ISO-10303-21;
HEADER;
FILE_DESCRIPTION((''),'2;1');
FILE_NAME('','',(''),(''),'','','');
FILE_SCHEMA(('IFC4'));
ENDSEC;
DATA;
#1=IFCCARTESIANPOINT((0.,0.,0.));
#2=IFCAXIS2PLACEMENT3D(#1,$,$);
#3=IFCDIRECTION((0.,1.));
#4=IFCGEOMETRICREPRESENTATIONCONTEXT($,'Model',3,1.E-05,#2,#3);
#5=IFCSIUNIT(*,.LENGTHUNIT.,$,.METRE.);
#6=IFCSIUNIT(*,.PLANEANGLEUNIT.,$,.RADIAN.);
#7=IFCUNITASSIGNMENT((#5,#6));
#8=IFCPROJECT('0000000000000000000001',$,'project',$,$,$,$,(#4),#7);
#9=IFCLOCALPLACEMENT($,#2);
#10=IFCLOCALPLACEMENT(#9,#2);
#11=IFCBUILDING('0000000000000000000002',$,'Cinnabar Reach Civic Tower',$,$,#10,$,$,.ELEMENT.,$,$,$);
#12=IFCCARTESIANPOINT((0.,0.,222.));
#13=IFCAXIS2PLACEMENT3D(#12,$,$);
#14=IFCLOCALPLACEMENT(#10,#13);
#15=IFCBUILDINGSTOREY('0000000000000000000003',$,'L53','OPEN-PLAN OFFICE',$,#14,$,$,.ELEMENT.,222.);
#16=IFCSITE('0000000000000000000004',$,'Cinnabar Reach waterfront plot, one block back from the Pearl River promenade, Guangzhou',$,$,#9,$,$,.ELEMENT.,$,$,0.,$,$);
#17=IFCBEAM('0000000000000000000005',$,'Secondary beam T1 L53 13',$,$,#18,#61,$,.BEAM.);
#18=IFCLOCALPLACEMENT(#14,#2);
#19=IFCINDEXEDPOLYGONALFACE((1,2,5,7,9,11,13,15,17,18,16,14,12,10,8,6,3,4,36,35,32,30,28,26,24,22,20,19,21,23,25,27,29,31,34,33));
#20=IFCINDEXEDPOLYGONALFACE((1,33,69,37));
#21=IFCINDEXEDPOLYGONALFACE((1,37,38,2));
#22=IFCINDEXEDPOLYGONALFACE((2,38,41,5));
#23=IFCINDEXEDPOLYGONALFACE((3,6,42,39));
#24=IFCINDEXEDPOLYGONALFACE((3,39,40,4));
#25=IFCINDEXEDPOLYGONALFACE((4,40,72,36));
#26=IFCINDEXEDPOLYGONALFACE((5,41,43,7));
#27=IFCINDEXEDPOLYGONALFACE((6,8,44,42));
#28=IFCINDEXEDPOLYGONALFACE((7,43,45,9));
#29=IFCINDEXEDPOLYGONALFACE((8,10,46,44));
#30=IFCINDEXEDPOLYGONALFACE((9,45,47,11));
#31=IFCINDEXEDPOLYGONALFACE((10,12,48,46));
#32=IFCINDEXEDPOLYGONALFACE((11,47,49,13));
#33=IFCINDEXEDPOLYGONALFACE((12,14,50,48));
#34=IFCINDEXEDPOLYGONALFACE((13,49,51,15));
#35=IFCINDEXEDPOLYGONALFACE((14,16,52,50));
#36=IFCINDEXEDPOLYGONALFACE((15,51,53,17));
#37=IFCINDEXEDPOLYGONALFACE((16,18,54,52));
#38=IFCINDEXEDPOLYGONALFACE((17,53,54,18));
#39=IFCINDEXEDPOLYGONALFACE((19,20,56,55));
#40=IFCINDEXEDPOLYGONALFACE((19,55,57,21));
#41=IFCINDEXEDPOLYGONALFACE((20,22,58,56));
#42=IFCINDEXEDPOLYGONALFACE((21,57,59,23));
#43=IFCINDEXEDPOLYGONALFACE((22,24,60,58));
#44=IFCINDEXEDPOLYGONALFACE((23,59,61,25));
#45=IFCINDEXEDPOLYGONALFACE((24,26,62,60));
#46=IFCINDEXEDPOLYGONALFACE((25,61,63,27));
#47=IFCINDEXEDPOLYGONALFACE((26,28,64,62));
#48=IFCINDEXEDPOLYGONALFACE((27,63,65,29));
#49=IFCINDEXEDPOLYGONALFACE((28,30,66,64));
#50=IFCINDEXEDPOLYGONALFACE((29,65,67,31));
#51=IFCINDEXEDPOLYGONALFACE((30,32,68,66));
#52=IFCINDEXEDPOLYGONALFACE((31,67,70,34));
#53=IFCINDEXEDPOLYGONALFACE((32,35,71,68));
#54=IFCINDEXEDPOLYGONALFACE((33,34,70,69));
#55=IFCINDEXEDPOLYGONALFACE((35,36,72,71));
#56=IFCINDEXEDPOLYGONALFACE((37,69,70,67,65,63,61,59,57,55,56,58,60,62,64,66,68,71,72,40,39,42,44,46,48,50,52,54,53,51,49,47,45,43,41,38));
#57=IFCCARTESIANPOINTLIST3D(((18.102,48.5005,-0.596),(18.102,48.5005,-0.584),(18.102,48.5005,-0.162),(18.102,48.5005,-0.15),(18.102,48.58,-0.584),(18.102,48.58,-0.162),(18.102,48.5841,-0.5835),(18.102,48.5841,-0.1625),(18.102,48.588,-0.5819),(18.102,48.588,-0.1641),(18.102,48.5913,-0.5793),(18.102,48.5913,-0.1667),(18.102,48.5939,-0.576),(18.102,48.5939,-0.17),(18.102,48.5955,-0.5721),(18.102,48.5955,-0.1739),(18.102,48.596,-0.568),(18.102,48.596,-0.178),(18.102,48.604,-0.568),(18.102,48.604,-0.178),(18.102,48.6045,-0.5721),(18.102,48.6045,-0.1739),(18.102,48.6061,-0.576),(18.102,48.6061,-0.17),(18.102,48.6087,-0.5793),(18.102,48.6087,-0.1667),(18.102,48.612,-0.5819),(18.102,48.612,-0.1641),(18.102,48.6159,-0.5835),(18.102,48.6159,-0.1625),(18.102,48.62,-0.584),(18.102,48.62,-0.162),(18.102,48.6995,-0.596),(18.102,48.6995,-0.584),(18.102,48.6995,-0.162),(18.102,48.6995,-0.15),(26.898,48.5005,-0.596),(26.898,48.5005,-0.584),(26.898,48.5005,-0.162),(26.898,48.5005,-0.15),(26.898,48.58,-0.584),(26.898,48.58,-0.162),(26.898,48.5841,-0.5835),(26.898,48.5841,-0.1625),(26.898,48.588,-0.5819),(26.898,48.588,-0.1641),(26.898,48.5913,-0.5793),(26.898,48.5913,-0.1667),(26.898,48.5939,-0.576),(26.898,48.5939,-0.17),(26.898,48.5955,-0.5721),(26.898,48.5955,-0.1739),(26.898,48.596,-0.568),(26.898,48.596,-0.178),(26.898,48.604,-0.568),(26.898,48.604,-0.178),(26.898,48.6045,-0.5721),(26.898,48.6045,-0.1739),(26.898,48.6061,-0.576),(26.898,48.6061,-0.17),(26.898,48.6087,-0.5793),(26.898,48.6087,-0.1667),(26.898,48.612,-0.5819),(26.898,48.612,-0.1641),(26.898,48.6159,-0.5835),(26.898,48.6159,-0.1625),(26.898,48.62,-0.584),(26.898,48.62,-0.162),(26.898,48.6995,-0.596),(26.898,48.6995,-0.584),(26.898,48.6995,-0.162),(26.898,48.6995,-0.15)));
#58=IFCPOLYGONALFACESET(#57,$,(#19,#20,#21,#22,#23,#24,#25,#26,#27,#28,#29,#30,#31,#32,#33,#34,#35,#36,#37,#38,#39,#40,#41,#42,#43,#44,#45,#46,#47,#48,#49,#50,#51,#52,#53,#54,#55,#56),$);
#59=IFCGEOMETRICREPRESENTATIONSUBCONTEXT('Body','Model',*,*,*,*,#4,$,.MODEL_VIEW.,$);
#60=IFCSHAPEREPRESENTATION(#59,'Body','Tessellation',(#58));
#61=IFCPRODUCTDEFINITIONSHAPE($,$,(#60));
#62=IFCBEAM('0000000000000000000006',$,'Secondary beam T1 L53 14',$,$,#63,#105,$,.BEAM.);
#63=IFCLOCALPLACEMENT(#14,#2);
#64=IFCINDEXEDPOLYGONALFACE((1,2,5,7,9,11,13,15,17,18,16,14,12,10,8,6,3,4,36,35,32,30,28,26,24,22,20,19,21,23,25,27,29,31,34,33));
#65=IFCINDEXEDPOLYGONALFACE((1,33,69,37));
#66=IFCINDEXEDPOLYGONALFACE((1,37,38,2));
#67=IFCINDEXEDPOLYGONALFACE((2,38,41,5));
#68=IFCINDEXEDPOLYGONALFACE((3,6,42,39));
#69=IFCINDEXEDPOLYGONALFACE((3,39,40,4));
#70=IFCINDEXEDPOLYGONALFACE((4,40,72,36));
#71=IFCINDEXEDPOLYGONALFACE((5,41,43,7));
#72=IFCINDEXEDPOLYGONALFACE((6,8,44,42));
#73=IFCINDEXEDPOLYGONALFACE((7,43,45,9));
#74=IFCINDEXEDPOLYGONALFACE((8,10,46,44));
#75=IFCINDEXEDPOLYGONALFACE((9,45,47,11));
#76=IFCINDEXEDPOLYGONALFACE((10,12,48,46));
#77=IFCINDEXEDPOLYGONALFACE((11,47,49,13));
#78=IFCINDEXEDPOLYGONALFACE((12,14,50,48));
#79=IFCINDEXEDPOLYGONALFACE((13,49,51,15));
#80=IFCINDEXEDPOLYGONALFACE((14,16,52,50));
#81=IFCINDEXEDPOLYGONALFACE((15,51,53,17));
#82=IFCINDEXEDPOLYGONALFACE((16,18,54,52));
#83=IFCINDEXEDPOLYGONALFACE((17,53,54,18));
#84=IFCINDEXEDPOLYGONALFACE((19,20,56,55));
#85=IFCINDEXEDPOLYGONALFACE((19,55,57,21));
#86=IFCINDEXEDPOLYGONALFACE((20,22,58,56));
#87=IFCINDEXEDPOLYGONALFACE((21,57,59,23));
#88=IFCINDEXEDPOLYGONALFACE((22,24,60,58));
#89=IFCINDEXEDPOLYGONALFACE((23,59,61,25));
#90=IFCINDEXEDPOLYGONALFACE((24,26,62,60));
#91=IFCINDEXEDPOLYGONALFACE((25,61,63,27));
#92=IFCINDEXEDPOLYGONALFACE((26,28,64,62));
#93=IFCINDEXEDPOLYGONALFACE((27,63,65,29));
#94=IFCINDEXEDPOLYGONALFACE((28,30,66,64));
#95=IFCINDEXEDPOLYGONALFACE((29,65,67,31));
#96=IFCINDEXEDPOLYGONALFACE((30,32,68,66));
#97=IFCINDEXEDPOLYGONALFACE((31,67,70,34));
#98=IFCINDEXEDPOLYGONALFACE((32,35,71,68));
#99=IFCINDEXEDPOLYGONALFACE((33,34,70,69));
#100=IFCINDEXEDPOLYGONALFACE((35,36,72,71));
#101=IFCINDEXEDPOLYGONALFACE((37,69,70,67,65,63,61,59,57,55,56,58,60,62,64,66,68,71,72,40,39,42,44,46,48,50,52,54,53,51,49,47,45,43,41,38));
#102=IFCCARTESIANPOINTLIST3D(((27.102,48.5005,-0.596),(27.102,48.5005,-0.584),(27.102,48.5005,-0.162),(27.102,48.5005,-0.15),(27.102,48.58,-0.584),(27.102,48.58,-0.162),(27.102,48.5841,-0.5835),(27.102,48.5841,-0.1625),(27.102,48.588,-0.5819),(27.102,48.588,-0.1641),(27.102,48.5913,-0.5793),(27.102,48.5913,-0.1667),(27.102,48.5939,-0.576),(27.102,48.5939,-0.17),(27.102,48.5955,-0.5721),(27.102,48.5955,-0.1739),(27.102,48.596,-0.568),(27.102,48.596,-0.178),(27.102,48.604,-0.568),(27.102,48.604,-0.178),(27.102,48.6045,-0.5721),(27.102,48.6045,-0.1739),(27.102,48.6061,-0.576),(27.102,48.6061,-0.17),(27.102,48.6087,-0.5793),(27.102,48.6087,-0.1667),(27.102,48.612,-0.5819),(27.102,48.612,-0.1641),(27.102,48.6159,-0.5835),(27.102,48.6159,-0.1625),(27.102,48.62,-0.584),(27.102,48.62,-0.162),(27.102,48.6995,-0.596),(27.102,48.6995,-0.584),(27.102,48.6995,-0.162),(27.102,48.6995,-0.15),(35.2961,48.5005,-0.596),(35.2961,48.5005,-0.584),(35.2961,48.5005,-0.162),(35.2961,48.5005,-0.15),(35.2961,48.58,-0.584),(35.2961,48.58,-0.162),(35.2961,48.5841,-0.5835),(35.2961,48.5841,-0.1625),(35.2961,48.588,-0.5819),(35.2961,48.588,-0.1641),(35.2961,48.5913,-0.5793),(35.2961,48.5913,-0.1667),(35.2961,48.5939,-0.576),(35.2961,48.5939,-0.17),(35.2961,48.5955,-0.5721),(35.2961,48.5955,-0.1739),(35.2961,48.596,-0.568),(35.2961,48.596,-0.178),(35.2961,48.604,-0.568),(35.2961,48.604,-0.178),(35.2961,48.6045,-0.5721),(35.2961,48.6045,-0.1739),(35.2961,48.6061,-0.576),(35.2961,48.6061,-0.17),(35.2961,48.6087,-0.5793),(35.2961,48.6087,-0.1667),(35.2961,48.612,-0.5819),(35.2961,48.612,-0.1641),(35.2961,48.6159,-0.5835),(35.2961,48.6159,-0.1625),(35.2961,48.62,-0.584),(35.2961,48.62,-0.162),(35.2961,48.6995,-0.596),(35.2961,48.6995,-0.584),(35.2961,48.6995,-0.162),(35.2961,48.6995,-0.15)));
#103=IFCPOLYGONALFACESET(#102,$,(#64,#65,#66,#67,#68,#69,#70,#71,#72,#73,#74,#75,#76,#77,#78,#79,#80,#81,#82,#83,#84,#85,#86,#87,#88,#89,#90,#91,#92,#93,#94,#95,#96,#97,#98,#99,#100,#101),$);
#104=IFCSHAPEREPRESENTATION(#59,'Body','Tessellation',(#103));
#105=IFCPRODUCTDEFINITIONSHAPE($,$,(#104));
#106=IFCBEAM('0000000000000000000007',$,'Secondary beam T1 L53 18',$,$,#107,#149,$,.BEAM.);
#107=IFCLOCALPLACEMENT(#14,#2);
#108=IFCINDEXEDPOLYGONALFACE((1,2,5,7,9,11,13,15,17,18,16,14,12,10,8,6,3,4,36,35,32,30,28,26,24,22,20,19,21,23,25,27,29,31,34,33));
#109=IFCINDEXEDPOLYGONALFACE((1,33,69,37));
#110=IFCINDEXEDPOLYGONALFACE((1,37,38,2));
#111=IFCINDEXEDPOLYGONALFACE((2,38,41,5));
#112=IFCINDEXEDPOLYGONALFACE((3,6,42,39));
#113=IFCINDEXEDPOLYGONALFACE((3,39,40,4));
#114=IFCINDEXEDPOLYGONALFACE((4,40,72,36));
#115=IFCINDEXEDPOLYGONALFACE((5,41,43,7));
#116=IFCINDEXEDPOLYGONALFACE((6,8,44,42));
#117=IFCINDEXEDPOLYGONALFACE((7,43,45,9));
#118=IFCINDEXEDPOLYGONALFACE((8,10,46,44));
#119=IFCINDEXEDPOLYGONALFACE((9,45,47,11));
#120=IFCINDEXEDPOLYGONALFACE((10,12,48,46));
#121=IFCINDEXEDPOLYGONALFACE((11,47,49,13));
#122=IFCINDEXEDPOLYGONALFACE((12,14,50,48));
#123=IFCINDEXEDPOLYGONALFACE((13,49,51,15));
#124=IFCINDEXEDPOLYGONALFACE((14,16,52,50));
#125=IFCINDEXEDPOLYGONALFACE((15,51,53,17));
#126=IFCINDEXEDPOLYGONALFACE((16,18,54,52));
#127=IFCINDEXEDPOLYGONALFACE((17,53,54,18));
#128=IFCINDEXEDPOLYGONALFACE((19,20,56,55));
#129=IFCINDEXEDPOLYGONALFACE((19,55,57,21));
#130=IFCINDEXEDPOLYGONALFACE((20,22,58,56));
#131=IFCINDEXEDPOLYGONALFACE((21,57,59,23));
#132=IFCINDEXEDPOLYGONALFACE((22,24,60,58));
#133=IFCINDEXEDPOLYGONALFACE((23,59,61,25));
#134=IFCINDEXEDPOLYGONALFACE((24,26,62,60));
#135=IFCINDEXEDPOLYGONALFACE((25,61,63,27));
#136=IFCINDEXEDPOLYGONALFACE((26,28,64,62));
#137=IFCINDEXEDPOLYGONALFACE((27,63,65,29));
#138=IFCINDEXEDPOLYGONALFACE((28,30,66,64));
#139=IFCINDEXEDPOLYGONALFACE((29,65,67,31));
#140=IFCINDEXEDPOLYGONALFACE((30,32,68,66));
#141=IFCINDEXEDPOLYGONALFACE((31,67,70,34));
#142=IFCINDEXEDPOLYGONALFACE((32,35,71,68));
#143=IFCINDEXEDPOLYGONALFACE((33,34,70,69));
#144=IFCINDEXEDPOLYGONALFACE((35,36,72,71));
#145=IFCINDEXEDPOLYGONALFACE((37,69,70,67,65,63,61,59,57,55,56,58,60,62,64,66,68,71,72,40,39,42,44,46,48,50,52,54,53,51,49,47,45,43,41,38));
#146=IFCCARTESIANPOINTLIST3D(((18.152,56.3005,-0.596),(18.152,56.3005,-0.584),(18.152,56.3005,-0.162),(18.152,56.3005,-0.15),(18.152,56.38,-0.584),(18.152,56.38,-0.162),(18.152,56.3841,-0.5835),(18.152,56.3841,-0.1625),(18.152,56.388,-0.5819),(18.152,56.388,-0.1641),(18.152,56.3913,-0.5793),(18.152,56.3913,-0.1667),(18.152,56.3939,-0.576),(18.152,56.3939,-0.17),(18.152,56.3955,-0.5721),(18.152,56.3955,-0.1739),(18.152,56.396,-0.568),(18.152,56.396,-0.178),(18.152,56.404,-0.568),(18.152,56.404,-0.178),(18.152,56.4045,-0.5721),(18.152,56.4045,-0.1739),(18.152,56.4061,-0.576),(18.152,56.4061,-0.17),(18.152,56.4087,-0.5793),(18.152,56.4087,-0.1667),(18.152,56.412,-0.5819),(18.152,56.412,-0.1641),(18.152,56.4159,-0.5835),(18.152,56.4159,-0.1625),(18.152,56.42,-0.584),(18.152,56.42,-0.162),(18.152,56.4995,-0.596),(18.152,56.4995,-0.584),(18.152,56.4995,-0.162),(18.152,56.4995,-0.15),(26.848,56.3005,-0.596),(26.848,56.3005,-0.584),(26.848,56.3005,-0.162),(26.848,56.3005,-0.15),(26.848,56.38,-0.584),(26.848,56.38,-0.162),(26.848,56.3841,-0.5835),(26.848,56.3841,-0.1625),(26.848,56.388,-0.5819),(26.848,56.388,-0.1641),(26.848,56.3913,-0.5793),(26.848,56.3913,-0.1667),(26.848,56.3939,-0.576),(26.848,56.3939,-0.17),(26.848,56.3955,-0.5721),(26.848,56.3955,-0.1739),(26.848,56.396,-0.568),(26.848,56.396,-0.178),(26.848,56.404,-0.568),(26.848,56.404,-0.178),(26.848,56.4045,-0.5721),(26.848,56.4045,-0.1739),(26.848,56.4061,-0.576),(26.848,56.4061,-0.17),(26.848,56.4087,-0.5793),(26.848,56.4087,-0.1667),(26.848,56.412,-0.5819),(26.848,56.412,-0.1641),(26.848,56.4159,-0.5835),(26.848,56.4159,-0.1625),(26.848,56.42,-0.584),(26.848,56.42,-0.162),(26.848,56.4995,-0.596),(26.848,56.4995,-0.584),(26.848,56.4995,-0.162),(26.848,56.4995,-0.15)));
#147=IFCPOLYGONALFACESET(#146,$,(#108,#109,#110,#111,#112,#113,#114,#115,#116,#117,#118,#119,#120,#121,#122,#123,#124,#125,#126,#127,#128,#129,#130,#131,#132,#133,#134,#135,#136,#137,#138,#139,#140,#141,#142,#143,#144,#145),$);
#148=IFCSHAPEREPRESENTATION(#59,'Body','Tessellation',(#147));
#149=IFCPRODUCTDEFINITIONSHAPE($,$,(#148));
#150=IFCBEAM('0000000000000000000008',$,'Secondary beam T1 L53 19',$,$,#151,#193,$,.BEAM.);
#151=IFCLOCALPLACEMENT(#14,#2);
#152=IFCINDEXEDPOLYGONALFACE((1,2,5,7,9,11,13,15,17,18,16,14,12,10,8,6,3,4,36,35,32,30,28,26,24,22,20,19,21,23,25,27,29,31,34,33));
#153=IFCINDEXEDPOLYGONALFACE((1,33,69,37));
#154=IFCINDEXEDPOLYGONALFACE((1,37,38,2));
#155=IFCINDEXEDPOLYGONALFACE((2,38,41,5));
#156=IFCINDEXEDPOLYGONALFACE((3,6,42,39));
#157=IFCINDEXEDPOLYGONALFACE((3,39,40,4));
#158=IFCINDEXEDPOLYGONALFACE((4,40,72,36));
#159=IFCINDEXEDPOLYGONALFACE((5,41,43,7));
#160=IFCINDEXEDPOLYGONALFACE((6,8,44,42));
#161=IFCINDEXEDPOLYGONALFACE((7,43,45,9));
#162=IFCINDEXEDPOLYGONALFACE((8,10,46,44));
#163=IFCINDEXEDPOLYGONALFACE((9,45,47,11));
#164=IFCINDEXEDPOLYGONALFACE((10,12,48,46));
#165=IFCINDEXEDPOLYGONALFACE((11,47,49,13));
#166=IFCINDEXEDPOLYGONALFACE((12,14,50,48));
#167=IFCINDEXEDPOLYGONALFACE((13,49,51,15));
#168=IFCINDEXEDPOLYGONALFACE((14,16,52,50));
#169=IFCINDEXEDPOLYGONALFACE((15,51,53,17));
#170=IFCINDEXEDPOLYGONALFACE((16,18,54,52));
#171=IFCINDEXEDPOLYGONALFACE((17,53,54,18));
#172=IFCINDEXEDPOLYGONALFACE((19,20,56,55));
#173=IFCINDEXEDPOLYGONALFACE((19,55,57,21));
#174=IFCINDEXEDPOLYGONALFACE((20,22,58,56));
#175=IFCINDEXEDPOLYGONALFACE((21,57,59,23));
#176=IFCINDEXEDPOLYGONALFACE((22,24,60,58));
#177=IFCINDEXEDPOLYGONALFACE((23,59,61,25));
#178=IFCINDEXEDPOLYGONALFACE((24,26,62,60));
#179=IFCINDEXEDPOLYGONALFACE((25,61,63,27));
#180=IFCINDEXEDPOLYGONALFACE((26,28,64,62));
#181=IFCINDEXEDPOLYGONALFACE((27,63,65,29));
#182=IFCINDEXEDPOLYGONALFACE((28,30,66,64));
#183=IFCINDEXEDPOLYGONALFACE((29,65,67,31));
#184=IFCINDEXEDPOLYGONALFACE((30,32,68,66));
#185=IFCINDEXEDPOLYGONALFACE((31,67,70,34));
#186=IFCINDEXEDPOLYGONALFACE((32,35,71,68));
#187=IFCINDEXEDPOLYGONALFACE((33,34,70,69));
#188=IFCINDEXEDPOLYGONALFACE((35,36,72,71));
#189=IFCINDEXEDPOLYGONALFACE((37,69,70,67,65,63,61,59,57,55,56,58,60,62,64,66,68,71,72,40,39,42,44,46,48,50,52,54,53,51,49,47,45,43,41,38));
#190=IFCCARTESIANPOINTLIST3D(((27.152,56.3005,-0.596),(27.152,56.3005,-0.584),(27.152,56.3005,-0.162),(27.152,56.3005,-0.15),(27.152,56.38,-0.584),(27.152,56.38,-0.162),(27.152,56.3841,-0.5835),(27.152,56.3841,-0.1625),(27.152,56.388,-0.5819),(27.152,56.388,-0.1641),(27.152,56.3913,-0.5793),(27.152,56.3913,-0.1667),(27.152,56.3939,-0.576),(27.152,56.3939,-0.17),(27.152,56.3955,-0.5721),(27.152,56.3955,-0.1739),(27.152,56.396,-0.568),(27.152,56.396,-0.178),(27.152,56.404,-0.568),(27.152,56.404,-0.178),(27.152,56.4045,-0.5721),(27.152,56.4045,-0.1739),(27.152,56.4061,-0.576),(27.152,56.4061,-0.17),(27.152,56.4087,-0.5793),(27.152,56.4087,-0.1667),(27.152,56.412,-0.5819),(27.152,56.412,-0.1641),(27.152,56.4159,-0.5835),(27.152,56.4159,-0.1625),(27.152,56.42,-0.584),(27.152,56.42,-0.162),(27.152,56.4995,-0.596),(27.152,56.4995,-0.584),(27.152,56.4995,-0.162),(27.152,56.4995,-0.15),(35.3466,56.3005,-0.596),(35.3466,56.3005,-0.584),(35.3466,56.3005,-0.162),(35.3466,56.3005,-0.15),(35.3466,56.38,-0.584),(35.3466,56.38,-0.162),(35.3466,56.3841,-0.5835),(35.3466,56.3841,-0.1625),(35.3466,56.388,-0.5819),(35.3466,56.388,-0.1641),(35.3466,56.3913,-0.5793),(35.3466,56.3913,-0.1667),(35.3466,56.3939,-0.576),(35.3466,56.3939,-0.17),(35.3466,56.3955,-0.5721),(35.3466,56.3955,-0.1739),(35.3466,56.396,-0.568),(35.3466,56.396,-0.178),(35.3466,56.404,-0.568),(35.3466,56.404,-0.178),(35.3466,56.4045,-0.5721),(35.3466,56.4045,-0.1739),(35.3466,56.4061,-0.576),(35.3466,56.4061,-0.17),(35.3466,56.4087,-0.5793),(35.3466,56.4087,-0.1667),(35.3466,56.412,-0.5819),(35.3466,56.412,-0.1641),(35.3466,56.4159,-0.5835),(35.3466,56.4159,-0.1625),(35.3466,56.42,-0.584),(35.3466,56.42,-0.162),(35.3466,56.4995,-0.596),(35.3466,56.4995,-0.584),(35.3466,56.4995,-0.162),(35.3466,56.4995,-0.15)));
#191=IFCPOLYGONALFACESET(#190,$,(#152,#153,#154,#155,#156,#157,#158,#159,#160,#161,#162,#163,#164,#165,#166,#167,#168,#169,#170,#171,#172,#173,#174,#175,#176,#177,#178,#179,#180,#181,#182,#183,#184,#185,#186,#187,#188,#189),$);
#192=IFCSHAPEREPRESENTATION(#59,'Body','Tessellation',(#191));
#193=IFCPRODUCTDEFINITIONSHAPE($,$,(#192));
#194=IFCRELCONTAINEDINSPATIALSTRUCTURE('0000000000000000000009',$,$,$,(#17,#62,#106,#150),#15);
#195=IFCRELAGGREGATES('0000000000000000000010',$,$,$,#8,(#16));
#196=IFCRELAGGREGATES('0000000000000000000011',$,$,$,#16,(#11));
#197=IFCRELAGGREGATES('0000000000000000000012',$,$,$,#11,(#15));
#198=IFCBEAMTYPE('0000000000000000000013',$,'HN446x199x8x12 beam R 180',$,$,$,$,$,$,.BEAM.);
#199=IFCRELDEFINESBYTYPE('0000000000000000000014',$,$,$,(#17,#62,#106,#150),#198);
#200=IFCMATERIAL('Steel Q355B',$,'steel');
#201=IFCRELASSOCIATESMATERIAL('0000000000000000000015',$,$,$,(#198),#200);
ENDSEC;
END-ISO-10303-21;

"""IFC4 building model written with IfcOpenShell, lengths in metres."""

from ifc_helpers import new_model, si_unit, direction, frame, origin, origin_2d, place, context, subcontext, project, spatial, i_section, extrude, material, material_profile, profile_set, type_object, element, save


model = new_model("IFC4")

# Units and contexts
model_context = context("Model", 3, precision=1e-05, world=origin(), true_north=direction((0.0, 1.0)))
body_context = subcontext(model_context, "Body", "Model", "MODEL_VIEW")
ifc_project = project(units=[si_unit("LENGTHUNIT", "METRE"), si_unit("PLANEANGLEUNIT", "RADIAN")], contexts=[model_context])

# Site, building, storey
site_placement = place(None, origin())
site = spatial("IfcSite", under=ifc_project, at=site_placement, Name="Cinnabar Reach waterfront plot, one block back from the Pearl River promenade, Guangzhou", CompositionType="ELEMENT", RefElevation=0.0)
building_placement = place(site_placement, origin())
building = spatial("IfcBuilding", under=site, at=building_placement, Name="Cinnabar Reach Civic Tower", CompositionType="ELEMENT")
storey_placement = place(building_placement, frame((0.0, 0.0, 222.0)))
storey = spatial("IfcBuildingStorey", under=building, at=storey_placement, Name="L53", Description="OPEN-PLAN OFFICE", CompositionType="ELEMENT", Elevation=222.0)

# Beams
ifc_material_1 = material(Name="Steel Q355B", Category="steel")
ifc_material_profile_1 = material_profile(ifc_material_1, i_section(OverallWidth=0.199, OverallDepth=0.446, WebThickness=0.008, FlangeThickness=0.012, FilletRadius=0.016, at=origin_2d()), Name="HN446x199x8x12")
ifc_profile_set_1 = profile_set([ifc_material_profile_1], Name="Steel Q355B")
beam_type_1 = type_object("IfcBeamType", Name="HN446x199x8x12 beam R 180", PredefinedType="BEAM", material=ifc_profile_set_1)
beam_1_placement = place(storey_placement, frame((18.102, 48.6, -0.373), z_axis=(1.0, 0.0, 0.0), x_axis=(0.0, 1.0, 0.0)))
element("IfcBeam", 1, at=beam_1_placement, inside=storey, type_object=beam_type_1, Name="Secondary beam T1 L53 13", PredefinedType="BEAM", context=body_context, shape_type="SweptSolid", body=[
    extrude(i_section(OverallWidth=0.199, OverallDepth=0.446, WebThickness=0.008, FlangeThickness=0.012, FilletRadius=0.016, at=origin_2d()), origin(), (0.0, 0.0, 1.0), 8.796),
])
beam_2_placement = place(storey_placement, frame((27.102, 48.6, -0.373), z_axis=(1.0, 0.0, 0.0), x_axis=(0.0, 1.0, 0.0)))
element("IfcBeam", 2, at=beam_2_placement, inside=storey, type_object=beam_type_1, Name="Secondary beam T1 L53 14", PredefinedType="BEAM", context=body_context, shape_type="SweptSolid", body=[
    extrude(i_section(OverallWidth=0.199, OverallDepth=0.446, WebThickness=0.008, FlangeThickness=0.012, FilletRadius=0.016, at=origin_2d()), origin(), (0.0, 0.0, 1.0), 8.1941),
])
beam_3_placement = place(storey_placement, frame((18.152, 56.4, -0.373), z_axis=(1.0, 0.0, 0.0), x_axis=(0.0, 1.0, 0.0)))
element("IfcBeam", 3, at=beam_3_placement, inside=storey, type_object=beam_type_1, Name="Secondary beam T1 L53 18", PredefinedType="BEAM", context=body_context, shape_type="SweptSolid", body=[
    extrude(i_section(OverallWidth=0.199, OverallDepth=0.446, WebThickness=0.008, FlangeThickness=0.012, FilletRadius=0.016, at=origin_2d()), origin(), (0.0, 0.0, 1.0), 8.696),
])
beam_4_placement = place(storey_placement, frame((27.152, 56.4, -0.373), z_axis=(1.0, 0.0, 0.0), x_axis=(0.0, 1.0, 0.0)))
element("IfcBeam", 4, at=beam_4_placement, inside=storey, type_object=beam_type_1, Name="Secondary beam T1 L53 19", PredefinedType="BEAM", context=body_context, shape_type="SweptSolid", body=[
    extrude(i_section(OverallWidth=0.199, OverallDepth=0.446, WebThickness=0.008, FlangeThickness=0.012, FilletRadius=0.016, at=origin_2d()), origin(), (0.0, 0.0, 1.0), 8.1946),
])

save(model, "model.ifc")
